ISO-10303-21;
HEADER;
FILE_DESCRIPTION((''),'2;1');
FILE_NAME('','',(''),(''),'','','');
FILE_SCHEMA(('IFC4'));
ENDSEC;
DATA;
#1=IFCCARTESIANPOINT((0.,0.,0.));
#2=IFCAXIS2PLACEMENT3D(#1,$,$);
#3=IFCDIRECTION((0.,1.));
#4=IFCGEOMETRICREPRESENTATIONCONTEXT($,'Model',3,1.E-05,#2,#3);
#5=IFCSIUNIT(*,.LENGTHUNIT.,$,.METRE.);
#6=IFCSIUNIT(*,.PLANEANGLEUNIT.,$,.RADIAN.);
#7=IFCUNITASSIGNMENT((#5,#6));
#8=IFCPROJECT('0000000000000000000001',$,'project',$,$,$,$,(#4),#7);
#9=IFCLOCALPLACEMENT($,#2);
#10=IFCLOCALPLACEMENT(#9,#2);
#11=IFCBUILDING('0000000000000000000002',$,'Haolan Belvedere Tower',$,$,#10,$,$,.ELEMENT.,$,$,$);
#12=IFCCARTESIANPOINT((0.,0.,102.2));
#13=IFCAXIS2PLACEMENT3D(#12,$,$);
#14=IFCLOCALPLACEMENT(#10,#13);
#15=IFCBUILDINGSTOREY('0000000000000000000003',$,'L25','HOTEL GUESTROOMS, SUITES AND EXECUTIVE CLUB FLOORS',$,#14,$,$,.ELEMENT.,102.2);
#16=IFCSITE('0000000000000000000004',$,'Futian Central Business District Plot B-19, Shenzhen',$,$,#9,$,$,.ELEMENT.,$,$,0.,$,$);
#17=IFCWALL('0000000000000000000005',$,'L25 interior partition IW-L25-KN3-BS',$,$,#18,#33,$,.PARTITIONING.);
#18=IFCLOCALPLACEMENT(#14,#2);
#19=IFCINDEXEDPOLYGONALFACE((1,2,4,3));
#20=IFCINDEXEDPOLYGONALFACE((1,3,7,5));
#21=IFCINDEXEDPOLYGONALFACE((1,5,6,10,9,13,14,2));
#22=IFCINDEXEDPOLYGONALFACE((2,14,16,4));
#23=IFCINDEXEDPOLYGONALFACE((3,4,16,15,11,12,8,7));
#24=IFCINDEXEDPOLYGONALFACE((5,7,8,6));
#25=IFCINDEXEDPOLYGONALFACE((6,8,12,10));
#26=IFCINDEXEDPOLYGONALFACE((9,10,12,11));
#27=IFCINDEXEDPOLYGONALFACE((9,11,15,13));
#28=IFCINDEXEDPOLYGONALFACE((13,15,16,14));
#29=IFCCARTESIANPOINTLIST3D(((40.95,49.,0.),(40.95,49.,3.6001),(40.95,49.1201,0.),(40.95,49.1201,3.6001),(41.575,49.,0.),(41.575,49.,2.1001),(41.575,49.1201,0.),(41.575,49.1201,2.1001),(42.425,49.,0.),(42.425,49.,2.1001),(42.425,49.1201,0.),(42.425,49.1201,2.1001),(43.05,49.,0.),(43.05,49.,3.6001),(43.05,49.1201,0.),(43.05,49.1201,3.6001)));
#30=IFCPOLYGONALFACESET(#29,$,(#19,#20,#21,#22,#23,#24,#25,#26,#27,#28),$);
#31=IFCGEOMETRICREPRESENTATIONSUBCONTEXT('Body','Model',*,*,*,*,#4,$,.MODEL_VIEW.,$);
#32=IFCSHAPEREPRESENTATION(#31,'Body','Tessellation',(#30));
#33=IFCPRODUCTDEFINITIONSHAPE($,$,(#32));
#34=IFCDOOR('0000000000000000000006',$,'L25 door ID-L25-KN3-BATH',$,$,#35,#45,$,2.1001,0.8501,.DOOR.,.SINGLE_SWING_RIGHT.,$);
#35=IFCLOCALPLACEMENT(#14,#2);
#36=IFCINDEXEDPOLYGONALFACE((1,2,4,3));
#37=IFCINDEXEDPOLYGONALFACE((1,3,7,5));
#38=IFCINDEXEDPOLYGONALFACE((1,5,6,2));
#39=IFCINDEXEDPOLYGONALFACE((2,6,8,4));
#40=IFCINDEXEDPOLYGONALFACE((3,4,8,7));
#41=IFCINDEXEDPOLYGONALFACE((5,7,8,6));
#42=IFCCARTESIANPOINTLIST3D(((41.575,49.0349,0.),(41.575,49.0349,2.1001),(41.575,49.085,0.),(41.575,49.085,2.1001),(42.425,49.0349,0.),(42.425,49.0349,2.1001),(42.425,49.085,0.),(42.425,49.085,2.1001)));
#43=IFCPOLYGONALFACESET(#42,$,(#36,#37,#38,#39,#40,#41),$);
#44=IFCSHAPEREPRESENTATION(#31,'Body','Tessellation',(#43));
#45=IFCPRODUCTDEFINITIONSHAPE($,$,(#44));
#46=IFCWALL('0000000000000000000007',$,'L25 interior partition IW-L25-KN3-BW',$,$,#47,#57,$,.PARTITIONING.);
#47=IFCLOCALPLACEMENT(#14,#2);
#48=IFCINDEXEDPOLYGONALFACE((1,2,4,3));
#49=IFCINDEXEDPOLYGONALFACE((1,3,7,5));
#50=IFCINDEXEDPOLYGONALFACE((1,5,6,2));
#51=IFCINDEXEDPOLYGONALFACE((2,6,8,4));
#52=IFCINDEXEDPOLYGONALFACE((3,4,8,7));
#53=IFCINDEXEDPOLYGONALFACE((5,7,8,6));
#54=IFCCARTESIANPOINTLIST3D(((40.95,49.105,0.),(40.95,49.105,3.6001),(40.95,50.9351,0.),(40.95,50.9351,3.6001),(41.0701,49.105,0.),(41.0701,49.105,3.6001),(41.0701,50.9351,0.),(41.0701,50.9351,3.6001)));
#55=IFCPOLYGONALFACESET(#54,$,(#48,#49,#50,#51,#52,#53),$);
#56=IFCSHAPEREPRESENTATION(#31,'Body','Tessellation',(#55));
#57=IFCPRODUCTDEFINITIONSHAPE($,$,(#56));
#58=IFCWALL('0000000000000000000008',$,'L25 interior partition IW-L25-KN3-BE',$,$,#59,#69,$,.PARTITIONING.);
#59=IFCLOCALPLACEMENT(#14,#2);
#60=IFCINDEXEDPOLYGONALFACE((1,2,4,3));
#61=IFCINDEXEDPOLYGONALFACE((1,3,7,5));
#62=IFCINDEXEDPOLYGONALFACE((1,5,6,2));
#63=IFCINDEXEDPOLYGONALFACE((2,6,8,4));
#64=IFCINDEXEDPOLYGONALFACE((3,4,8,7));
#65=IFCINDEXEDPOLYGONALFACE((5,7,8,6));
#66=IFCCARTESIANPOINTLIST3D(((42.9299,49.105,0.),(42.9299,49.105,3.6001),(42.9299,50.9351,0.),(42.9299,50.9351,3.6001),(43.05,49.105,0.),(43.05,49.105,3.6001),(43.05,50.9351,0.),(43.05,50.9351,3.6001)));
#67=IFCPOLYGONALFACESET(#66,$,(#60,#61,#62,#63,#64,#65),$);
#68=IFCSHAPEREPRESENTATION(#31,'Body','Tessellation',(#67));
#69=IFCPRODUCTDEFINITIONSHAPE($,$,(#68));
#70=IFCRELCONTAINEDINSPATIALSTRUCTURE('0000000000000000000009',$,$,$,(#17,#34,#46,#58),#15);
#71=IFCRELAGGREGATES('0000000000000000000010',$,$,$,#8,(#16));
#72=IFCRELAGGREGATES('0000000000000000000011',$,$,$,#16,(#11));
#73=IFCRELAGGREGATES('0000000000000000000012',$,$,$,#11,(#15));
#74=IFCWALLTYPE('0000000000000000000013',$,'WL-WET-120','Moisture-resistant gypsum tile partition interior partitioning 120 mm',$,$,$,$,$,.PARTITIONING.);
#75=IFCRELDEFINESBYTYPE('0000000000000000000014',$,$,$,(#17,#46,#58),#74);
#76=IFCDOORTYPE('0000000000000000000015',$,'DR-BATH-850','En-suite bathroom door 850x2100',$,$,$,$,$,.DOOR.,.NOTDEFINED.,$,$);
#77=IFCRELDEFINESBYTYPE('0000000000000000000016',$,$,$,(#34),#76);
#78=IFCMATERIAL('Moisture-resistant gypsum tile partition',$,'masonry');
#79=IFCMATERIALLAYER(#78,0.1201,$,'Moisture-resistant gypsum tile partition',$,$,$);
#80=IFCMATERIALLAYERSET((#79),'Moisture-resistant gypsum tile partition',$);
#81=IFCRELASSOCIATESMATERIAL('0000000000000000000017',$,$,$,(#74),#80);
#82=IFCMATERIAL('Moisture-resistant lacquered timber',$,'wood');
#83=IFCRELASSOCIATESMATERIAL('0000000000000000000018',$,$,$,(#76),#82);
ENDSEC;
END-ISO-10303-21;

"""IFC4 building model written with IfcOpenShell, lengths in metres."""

from ifc_helpers import new_model, si_unit, direction, frame, frame_2d, origin, place, context, subcontext, project, spatial, rectangle, extrude, material, layer, layer_set, type_object, element, fill, save


model = new_model("IFC4")

# Units and contexts
model_context = context("Model", 3, precision=1e-05, world=origin(), true_north=direction((0.0, 1.0)))
body_context = subcontext(model_context, "Body", "Model", "MODEL_VIEW")
ifc_project = project(units=[si_unit("LENGTHUNIT", "METRE"), si_unit("PLANEANGLEUNIT", "RADIAN")], contexts=[model_context])

# Site, building, storey
site_placement = place(None, origin())
site = spatial("IfcSite", under=ifc_project, at=site_placement, Name="Futian Central Business District Plot B-19, Shenzhen", CompositionType="ELEMENT", RefElevation=0.0)
building_placement = place(site_placement, origin())
building = spatial("IfcBuilding", under=site, at=building_placement, Name="Haolan Belvedere Tower", CompositionType="ELEMENT")
storey_placement = place(building_placement, frame((0.0, 0.0, 102.2)))
storey = spatial("IfcBuildingStorey", under=building, at=storey_placement, Name="L25", Description="HOTEL GUESTROOMS, SUITES AND EXECUTIVE CLUB FLOORS", CompositionType="ELEMENT", Elevation=102.2)

# Shared definitions
ifc_material_1 = material(Name="Moisture-resistant gypsum tile partition", Category="masonry")
ifc_layer_1 = layer(ifc_material_1, 0.1201, Name="Moisture-resistant gypsum tile partition")
ifc_layer_set_1 = layer_set([ifc_layer_1], Name="Moisture-resistant gypsum tile partition")
wall_type_1 = type_object("IfcWallType", Name="WL-WET-120", Description="Moisture-resistant gypsum tile partition interior partitioning 120 mm", PredefinedType="PARTITIONING", material=ifc_layer_set_1)

# Wall, opening, door
wall_1_placement = place(storey_placement, frame((40.95, 49.0601, 0.0), z_axis=(0.0, 0.0, 1.0), x_axis=(1.0, 0.0, 0.0)))
wall_1 = element("IfcWall", 1, at=wall_1_placement, inside=storey, type_object=wall_type_1, Name="L25 interior partition IW-L25-KN3-BS", PredefinedType="PARTITIONING", context=body_context, shape_type="SweptSolid", body=[
    extrude(rectangle(XDim=2.1001, YDim=0.1201, at=frame_2d((1.05, 0.0))), origin(), (0.0, 0.0, 1.0), 3.6001),
])
opening_1_placement = place(wall_1_placement, frame((0.625, 0.0, 0.0)))
opening_1 = element("IfcOpeningElement", 2, at=opening_1_placement, cuts=wall_1, PredefinedType="OPENING", context=body_context, shape_type="SweptSolid", body=[
    extrude(rectangle(XDim=0.8501, YDim=2.1001, at=frame_2d((0.425, 1.05))), frame((0.0, 0.0701, 0.0), z_axis=(0.0, -1.0, 0.0), x_axis=(1.0, 0.0, 0.0)), (0.0, 0.0, 1.0), 0.1401),
])
ifc_material_2 = material(Name="Moisture-resistant lacquered timber", Category="wood")
door_type_1 = type_object("IfcDoorType", Name="DR-BATH-850", Description="En-suite bathroom door 850x2100", OperationType="NOTDEFINED", PredefinedType="DOOR", material=ifc_material_2)
door_1_placement = place(opening_1_placement, origin())
door_1 = element("IfcDoor", 3, at=door_1_placement, inside=storey, type_object=door_type_1, Name="L25 door ID-L25-KN3-BATH", OperationType="SINGLE_SWING_RIGHT", OverallHeight=2.1001, OverallWidth=0.8501, PredefinedType="DOOR", context=body_context, shape_type="SweptSolid", body=[
    extrude(rectangle(XDim=0.8501, YDim=2.1001, at=frame_2d((0.425, 1.05))), frame((0.0, 0.0249, 0.0), z_axis=(0.0, -1.0, 0.0), x_axis=(1.0, 0.0, 0.0)), (0.0, 0.0, 1.0), 0.05),
])
fill(opening_1, door_1)

# Walls
for number, where, z_axis, x_axis, name in (
    (4, (41.01, 49.105, 0.0), (0.0, 0.0, 1.0), (0.0, 1.0, 0.0), "L25 interior partition IW-L25-KN3-BW"),
    (5, (42.99, 49.105, 0.0), (0.0, 0.0, 1.0), (0.0, 1.0, 0.0), "L25 interior partition IW-L25-KN3-BE"),
):
    element("IfcWall", number, at=place(storey_placement, frame(where, z_axis=z_axis, x_axis=x_axis)), inside=storey, type_object=wall_type_1, Name=name, PredefinedType="PARTITIONING", context=body_context, shape_type="SweptSolid", body=[
        extrude(rectangle(XDim=1.8301, YDim=0.1201, at=frame_2d((0.915, 0.0))), origin(), (0.0, 0.0, 1.0), 3.6001),
    ])

save(model, "model.ifc")
